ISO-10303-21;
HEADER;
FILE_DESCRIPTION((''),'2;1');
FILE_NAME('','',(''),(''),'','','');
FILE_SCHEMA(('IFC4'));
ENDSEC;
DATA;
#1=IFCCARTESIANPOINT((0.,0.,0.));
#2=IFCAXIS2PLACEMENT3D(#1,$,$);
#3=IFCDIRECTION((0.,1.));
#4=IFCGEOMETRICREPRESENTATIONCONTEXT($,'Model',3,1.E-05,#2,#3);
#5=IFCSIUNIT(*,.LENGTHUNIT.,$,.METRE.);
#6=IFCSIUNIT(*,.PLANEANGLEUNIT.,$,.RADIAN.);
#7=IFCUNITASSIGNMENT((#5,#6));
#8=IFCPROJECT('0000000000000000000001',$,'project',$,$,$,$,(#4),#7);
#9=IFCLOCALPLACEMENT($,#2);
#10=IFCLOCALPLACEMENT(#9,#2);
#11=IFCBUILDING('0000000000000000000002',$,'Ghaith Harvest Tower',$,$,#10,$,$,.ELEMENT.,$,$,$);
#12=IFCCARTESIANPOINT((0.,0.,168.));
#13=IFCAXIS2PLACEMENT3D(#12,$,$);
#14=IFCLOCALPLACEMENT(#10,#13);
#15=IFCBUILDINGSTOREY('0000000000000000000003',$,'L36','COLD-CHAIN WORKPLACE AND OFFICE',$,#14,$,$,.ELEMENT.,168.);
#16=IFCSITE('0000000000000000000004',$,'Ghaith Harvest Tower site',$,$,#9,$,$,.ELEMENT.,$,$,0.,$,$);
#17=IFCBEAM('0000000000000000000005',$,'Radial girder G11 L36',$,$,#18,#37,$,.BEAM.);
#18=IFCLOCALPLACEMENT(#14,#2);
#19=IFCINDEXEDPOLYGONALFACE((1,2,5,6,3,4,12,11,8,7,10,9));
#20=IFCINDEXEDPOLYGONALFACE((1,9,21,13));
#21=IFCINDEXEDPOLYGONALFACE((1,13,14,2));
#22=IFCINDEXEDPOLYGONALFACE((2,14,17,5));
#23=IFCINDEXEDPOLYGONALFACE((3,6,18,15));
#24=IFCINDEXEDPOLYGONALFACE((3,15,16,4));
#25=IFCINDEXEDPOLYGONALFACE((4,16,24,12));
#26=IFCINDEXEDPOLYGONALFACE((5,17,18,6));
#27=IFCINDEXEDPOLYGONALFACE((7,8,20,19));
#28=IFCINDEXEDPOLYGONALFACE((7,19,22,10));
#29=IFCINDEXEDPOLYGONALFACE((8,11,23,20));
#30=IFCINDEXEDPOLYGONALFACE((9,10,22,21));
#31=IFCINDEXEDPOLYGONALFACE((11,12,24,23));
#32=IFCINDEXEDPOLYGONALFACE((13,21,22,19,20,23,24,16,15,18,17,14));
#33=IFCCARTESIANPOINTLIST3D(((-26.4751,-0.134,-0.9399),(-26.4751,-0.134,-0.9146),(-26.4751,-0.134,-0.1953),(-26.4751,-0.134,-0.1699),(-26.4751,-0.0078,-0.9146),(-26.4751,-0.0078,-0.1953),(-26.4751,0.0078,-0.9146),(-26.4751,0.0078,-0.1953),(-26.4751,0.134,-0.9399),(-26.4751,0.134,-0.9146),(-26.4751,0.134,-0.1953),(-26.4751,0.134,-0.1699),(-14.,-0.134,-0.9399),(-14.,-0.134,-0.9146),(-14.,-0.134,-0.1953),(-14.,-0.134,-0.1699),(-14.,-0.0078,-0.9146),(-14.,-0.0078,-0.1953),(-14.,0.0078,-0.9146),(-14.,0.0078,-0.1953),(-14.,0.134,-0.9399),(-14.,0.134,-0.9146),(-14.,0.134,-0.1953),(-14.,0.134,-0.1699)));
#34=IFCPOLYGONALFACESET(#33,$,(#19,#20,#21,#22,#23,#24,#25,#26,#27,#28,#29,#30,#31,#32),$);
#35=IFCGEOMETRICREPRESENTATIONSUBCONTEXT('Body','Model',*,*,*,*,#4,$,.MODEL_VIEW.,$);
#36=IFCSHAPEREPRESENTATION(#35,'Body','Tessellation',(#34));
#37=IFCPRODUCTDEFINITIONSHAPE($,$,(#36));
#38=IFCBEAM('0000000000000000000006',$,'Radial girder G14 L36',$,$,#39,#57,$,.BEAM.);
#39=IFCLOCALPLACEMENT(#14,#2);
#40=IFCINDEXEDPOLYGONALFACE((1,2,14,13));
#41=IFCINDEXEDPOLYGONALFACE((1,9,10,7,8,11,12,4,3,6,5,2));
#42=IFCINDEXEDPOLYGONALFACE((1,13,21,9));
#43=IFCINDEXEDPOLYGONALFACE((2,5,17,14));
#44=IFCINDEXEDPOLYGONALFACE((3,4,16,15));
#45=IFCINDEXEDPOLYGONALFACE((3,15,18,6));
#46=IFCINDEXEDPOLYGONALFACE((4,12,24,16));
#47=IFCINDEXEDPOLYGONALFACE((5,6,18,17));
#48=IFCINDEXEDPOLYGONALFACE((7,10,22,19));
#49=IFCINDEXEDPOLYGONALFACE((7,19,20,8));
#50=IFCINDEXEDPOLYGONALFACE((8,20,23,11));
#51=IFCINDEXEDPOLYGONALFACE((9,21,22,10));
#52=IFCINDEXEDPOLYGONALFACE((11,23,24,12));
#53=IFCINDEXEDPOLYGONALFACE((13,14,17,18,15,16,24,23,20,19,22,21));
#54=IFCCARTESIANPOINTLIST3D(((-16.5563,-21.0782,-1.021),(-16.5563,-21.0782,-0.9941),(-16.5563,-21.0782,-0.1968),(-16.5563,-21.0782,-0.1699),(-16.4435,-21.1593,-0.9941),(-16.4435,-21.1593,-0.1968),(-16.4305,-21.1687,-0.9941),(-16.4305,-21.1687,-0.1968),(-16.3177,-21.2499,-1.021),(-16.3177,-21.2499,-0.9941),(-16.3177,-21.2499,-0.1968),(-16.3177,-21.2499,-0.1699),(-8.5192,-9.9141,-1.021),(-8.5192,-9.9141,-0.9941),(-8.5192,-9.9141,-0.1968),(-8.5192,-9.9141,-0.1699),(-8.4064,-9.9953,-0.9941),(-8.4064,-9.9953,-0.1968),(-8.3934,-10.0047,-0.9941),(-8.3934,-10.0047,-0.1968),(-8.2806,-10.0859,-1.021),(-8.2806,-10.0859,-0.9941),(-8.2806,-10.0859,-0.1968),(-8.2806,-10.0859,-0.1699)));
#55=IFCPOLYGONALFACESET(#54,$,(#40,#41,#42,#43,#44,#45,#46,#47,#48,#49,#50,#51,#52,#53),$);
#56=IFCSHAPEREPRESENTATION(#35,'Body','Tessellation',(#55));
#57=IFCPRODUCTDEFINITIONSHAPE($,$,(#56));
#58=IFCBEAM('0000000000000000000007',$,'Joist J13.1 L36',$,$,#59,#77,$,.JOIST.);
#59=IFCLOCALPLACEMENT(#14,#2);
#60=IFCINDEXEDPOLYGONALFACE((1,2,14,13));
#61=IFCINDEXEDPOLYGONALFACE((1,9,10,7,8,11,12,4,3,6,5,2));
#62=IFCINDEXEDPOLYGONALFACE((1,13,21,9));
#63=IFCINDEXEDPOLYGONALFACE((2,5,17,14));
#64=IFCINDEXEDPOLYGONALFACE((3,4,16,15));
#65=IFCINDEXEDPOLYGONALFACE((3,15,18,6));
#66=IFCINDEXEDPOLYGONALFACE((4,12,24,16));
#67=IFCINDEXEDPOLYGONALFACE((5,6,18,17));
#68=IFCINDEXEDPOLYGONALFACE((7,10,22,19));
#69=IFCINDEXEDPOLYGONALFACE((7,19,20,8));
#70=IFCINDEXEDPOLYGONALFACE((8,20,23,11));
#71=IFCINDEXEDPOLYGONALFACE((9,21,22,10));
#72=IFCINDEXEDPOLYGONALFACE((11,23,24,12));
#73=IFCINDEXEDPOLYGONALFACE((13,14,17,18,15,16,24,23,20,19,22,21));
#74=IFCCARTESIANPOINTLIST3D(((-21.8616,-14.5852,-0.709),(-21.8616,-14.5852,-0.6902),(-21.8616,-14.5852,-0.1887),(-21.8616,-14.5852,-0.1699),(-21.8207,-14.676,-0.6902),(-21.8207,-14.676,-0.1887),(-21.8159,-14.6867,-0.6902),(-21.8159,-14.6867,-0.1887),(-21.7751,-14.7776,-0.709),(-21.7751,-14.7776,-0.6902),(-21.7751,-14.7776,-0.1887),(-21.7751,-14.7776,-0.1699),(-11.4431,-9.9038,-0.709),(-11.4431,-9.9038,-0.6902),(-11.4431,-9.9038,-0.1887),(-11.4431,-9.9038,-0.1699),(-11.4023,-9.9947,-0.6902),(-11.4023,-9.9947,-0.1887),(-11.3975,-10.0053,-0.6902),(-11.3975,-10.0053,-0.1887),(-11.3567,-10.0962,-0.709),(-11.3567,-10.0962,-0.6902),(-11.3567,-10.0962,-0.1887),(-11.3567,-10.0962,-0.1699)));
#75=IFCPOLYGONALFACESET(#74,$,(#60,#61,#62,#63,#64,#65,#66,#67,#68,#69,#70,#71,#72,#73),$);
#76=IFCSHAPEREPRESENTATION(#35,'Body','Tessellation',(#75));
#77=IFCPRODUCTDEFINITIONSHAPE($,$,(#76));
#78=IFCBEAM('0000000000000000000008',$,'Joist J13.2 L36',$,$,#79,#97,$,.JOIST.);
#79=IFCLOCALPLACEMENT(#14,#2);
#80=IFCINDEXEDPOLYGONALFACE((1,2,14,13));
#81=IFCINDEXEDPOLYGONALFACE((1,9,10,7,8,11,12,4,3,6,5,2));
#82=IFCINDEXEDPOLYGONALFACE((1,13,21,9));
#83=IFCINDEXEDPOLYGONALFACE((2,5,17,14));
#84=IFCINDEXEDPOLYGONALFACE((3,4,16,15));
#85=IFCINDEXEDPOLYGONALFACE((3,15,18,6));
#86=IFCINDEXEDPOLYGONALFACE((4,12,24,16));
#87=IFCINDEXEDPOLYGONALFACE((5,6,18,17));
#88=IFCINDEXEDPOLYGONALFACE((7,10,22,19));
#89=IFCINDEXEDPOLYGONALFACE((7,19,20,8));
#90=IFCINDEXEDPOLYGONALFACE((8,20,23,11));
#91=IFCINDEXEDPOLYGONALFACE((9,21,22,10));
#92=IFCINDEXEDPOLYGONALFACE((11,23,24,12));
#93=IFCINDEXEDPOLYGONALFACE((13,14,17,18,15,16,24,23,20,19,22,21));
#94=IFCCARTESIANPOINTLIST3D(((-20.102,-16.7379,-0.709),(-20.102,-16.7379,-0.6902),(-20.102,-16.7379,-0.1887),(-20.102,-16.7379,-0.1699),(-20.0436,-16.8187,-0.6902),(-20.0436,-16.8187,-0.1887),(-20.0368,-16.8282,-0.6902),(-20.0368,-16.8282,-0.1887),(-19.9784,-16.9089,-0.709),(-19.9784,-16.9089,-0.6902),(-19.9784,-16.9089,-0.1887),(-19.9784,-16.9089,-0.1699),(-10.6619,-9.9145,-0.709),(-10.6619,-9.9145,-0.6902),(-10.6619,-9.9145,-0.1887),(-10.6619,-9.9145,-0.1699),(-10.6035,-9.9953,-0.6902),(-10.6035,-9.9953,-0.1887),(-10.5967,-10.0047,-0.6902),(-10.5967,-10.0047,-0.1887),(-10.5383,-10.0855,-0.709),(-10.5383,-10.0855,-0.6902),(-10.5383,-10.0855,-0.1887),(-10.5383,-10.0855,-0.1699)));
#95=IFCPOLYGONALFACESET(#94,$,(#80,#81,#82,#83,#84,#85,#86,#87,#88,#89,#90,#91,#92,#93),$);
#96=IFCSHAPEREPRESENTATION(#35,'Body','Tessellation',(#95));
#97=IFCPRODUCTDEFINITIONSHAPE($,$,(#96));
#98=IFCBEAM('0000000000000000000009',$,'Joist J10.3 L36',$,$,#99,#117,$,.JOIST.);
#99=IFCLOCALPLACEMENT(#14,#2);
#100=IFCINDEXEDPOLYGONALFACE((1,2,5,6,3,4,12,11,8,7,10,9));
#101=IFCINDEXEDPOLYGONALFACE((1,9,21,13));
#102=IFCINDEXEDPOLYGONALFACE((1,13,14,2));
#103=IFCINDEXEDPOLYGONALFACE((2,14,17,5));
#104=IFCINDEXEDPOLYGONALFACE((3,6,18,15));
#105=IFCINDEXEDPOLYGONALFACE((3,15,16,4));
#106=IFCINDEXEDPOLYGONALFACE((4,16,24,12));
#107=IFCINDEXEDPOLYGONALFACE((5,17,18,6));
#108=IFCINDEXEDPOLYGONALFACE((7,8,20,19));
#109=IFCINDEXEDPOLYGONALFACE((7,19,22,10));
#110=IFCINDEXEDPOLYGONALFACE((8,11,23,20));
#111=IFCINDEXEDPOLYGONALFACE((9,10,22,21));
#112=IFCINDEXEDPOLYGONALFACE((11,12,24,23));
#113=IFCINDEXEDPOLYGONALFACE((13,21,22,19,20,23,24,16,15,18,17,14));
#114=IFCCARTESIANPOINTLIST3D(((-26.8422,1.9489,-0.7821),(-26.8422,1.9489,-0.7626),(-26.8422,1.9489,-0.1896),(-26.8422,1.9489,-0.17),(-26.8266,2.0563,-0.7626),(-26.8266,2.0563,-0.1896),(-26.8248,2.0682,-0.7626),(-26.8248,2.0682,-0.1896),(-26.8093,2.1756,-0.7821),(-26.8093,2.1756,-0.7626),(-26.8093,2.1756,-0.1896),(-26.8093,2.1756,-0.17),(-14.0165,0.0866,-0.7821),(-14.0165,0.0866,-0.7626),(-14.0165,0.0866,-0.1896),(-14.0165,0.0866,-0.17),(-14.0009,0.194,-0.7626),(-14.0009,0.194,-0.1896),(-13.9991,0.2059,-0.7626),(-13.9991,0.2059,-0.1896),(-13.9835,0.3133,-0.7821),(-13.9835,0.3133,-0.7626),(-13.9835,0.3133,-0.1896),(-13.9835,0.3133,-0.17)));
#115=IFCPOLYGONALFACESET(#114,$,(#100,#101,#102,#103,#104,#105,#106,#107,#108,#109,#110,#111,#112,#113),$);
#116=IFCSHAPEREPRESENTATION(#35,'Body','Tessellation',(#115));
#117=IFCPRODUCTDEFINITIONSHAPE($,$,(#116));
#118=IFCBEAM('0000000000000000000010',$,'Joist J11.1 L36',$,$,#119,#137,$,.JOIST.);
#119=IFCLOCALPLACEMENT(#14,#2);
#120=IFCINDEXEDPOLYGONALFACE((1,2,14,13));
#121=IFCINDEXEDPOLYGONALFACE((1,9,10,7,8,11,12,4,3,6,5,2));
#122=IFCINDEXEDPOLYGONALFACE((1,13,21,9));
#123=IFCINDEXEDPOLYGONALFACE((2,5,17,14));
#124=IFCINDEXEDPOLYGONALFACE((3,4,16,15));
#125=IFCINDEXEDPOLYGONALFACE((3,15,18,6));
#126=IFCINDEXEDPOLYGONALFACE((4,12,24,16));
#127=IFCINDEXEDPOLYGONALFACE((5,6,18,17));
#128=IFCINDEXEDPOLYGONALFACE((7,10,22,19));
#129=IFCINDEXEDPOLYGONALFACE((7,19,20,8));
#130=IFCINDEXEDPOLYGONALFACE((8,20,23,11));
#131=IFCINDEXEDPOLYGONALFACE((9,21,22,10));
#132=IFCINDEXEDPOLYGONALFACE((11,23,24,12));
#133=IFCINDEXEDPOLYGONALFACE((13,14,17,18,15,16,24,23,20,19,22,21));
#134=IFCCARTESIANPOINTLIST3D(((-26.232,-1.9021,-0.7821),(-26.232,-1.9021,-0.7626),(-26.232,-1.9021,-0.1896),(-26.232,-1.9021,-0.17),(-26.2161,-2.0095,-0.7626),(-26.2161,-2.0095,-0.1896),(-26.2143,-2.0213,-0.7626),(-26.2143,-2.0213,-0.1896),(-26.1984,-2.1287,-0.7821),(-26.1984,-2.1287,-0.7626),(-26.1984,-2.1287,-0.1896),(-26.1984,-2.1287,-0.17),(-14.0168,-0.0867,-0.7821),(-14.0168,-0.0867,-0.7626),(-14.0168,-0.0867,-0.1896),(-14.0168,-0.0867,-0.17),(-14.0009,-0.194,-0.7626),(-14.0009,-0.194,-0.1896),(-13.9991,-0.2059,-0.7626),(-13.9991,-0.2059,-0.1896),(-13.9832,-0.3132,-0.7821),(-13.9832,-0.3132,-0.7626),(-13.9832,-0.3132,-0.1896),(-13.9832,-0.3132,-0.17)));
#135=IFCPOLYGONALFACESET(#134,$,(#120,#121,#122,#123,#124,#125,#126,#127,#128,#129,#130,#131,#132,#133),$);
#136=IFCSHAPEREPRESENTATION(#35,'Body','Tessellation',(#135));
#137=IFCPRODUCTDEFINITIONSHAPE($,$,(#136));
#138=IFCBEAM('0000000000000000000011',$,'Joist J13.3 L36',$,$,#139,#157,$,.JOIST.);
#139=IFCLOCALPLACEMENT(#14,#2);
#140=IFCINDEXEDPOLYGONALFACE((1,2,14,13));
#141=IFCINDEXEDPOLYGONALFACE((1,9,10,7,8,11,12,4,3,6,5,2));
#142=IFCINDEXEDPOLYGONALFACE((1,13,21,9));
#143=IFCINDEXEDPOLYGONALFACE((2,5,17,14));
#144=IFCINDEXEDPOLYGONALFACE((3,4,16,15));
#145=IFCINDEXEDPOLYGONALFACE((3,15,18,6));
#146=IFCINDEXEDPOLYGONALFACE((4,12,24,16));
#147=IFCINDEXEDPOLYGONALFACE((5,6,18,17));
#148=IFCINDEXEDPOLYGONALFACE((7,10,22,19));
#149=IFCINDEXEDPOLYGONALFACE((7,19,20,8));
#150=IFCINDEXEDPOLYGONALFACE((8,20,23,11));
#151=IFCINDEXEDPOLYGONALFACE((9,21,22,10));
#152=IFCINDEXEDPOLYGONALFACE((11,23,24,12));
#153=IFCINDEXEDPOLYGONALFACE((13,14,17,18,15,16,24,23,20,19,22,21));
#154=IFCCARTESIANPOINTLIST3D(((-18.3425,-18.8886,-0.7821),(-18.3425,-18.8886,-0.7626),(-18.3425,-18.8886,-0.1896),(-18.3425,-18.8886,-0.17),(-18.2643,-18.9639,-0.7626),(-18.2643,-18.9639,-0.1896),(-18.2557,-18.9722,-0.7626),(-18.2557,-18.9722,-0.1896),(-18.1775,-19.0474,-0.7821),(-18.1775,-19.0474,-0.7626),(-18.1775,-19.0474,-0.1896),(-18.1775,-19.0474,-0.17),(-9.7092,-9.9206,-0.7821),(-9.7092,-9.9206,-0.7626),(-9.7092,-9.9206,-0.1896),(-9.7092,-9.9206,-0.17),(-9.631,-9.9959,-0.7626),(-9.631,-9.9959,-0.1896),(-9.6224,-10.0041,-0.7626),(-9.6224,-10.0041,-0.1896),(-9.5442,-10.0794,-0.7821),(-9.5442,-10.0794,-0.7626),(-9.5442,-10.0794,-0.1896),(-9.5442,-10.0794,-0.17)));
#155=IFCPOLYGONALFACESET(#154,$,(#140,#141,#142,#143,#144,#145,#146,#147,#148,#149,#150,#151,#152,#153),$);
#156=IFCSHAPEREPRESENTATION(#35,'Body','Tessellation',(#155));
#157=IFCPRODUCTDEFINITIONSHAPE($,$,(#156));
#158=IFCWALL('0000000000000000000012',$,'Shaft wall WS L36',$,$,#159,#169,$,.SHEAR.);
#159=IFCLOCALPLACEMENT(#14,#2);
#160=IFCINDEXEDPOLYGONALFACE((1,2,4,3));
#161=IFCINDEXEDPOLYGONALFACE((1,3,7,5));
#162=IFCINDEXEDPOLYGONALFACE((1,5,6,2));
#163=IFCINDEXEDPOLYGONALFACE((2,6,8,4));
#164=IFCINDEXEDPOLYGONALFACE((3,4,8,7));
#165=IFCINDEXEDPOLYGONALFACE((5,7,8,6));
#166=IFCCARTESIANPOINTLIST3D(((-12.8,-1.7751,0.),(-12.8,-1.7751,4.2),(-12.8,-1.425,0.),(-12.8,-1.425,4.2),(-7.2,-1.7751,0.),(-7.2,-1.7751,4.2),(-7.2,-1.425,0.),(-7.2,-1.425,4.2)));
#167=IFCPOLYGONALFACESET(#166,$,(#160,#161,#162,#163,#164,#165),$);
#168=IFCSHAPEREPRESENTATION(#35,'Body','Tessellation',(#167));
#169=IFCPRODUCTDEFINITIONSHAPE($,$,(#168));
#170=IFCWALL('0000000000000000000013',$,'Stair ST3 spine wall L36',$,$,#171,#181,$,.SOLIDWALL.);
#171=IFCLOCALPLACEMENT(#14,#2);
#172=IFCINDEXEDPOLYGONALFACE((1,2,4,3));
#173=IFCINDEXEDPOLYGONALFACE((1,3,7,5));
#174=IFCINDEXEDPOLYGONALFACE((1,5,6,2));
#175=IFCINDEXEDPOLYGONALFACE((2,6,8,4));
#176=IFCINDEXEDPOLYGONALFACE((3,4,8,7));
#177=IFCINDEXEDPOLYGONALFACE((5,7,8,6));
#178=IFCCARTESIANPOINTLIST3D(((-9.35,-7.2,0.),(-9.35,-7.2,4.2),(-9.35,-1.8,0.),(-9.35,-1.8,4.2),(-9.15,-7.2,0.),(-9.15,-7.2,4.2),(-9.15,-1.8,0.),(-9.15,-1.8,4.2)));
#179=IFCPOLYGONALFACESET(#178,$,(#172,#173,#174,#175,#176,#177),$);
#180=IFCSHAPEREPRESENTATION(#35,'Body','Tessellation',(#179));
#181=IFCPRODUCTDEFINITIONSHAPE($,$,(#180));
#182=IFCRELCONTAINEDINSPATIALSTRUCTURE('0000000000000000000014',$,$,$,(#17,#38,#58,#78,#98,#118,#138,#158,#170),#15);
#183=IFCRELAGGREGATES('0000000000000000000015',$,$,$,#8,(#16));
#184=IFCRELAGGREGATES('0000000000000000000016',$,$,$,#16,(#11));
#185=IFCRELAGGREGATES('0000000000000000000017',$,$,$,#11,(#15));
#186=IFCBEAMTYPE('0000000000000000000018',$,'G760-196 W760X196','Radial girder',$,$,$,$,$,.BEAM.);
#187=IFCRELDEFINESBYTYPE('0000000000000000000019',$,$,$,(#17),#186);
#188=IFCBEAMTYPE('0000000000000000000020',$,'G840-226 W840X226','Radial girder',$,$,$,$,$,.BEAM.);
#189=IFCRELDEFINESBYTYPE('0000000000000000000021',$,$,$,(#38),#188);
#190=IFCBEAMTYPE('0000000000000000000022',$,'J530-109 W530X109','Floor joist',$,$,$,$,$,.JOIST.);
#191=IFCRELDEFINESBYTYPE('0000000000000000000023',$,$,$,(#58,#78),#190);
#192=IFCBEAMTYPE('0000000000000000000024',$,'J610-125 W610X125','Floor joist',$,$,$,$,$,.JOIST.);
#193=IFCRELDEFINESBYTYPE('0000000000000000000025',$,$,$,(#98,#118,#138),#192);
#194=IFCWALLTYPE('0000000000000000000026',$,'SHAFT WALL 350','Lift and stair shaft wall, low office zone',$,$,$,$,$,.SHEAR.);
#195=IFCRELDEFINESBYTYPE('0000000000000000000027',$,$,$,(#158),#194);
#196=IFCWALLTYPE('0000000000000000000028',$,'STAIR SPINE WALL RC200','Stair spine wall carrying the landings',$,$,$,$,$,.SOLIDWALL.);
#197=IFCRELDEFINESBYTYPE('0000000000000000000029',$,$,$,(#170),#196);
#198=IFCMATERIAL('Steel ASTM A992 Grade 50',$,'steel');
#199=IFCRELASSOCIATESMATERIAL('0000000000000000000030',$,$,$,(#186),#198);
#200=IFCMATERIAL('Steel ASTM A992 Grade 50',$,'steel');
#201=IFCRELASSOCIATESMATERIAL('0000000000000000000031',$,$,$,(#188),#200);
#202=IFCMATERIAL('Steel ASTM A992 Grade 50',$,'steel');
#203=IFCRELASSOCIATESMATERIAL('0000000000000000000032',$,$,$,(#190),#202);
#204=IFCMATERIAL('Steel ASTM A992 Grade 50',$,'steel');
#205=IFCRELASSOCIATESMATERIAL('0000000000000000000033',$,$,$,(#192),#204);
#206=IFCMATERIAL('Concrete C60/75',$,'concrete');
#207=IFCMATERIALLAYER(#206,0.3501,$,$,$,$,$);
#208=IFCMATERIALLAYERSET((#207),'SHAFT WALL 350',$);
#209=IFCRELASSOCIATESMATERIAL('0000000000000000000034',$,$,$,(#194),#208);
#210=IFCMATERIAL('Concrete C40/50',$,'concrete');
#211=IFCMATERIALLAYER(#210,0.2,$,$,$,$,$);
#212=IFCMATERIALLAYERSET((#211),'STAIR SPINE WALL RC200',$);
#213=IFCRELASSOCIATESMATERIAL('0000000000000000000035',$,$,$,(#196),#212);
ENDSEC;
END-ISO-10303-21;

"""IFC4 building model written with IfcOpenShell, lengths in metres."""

from ifc_helpers import new_model, si_unit, direction, frame, frame_2d, origin, origin_2d, place, context, subcontext, project, spatial, rectangle, i_section, extrude, material, layer, layer_set, material_profile, profile_set, type_object, element, save


model = new_model("IFC4")

# Units and contexts
model_context = context("Model", 3, precision=1e-05, world=origin(), true_north=direction((0.0, 1.0)))
body_context = subcontext(model_context, "Body", "Model", "MODEL_VIEW")
ifc_project = project(units=[si_unit("LENGTHUNIT", "METRE"), si_unit("PLANEANGLEUNIT", "RADIAN")], contexts=[model_context])

# Site, building, storey
site_placement = place(None, origin())
site = spatial("IfcSite", under=ifc_project, at=site_placement, Name="Ghaith Harvest Tower site", CompositionType="ELEMENT", RefElevation=0.0)
building_placement = place(site_placement, origin())
building = spatial("IfcBuilding", under=site, at=building_placement, Name="Ghaith Harvest Tower", CompositionType="ELEMENT")
storey_placement = place(building_placement, frame((0.0, 0.0, 168.0)))
storey = spatial("IfcBuildingStorey", under=building, at=storey_placement, Name="L36", Description="COLD-CHAIN WORKPLACE AND OFFICE", CompositionType="ELEMENT", Elevation=168.0)

# Beams
ifc_material_1 = material(Name="Steel ASTM A992 Grade 50", Category="steel")
ifc_material_profile_1 = material_profile(ifc_material_1, i_section(OverallWidth=0.2681, OverallDepth=0.77, WebThickness=0.0156, FlangeThickness=0.0254, at=origin_2d()), Name="W760X196")
ifc_profile_set_1 = profile_set([ifc_material_profile_1], Name="Steel ASTM A992 Grade 50")
beam_type_1 = type_object("IfcBeamType", Name="G760-196 W760X196", Description="Radial girder", PredefinedType="BEAM", material=ifc_profile_set_1)
beam_1_placement = place(storey_placement, frame((-14.0, 0.0, -0.5549), z_axis=(-1.0, 0.0, 0.0), x_axis=(0.0, -1.0, 0.0)))
element("IfcBeam", 1, at=beam_1_placement, inside=storey, type_object=beam_type_1, Name="Radial girder G11 L36", PredefinedType="BEAM", context=body_context, shape_type="SweptSolid", body=[
    extrude(i_section(OverallWidth=0.2681, OverallDepth=0.77, WebThickness=0.0156, FlangeThickness=0.0254, at=origin_2d()), origin(), (0.0, 0.0, 1.0), 12.4751),
])
ifc_material_2 = material(Name="Steel ASTM A992 Grade 50", Category="steel")
ifc_material_profile_2 = material_profile(ifc_material_2, i_section(OverallWidth=0.2939, OverallDepth=0.8511, WebThickness=0.0161, FlangeThickness=0.0269, at=origin_2d()), Name="W840X226")
ifc_profile_set_2 = profile_set([ifc_material_profile_2], Name="Steel ASTM A992 Grade 50")
beam_type_2 = type_object("IfcBeamType", Name="G840-226 W840X226", Description="Radial girder", PredefinedType="BEAM", material=ifc_profile_set_2)
beam_2_placement = place(storey_placement, frame((-8.3999, -10.0, -0.5955), z_axis=(-0.584256, -0.811569, 0.0), x_axis=(0.811569, -0.584256, 0.0)))
element("IfcBeam", 2, at=beam_2_placement, inside=storey, type_object=beam_type_2, Name="Radial girder G14 L36", PredefinedType="BEAM", context=body_context, shape_type="SweptSolid", body=[
    extrude(i_section(OverallWidth=0.2939, OverallDepth=0.8511, WebThickness=0.0161, FlangeThickness=0.0269, at=origin_2d()), origin(), (0.0, 0.0, 1.0), 13.7561),
])
ifc_material_3 = material(Name="Steel ASTM A992 Grade 50", Category="steel")
ifc_material_profile_3 = material_profile(ifc_material_3, i_section(OverallWidth=0.2109, OverallDepth=0.5391, WebThickness=0.0117, FlangeThickness=0.0188, at=origin_2d()), Name="W530X109")
ifc_profile_set_3 = profile_set([ifc_material_profile_3], Name="Steel ASTM A992 Grade 50")
beam_type_3 = type_object("IfcBeamType", Name="J530-109 W530X109", Description="Floor joist", PredefinedType="JOIST", material=ifc_profile_set_3)
beam_3_placement = place(storey_placement, frame((-11.3999, -10.0, -0.4395), z_axis=(-0.912148, -0.409862, 0.0), x_axis=(0.409862, -0.912148, 0.0)))
element("IfcBeam", 3, at=beam_3_placement, inside=storey, type_object=beam_type_3, Name="Joist J13.1 L36", PredefinedType="JOIST", context=body_context, shape_type="SweptSolid", body=[
    extrude(i_section(OverallWidth=0.2109, OverallDepth=0.5391, WebThickness=0.0117, FlangeThickness=0.0188, at=origin_2d()), origin(), (0.0, 0.0, 1.0), 11.4219),
])
beam_4_placement = place(storey_placement, frame((-10.6001, -10.0, -0.4395), z_axis=(-0.810452, -0.585805, 0.0), x_axis=(0.585805, -0.810452, 0.0)))
element("IfcBeam", 4, at=beam_4_placement, inside=storey, type_object=beam_type_3, Name="Joist J13.2 L36", PredefinedType="JOIST", context=body_context, shape_type="SweptSolid", body=[
    extrude(i_section(OverallWidth=0.2109, OverallDepth=0.5391, WebThickness=0.0117, FlangeThickness=0.0188, at=origin_2d()), origin(), (0.0, 0.0, 1.0), 11.6479),
])
ifc_material_4 = material(Name="Steel ASTM A992 Grade 50", Category="steel")
ifc_material_profile_4 = material_profile(ifc_material_4, i_section(OverallWidth=0.229, OverallDepth=0.6121, WebThickness=0.012, FlangeThickness=0.0195, at=origin_2d()), Name="W610X125")
ifc_profile_set_4 = profile_set([ifc_material_profile_4], Name="Steel ASTM A992 Grade 50")
beam_type_4 = type_object("IfcBeamType", Name="J610-125 W610X125", Description="Floor joist", PredefinedType="JOIST", material=ifc_profile_set_4)
beam_5_placement = place(storey_placement, frame((-14.0, 0.2, -0.4761), z_axis=(-0.989622, 0.143694, 0.0), x_axis=(-0.143694, -0.989622, 0.0)))
element("IfcBeam", 5, at=beam_5_placement, inside=storey, type_object=beam_type_4, Name="Joist J10.3 L36", PredefinedType="JOIST", context=body_context, shape_type="SweptSolid", body=[
    extrude(i_section(OverallWidth=0.229, OverallDepth=0.6121, WebThickness=0.012, FlangeThickness=0.0195, at=origin_2d()), origin(), (0.0, 0.0, 1.0), 12.9602),
])
beam_6_placement = place(storey_placement, frame((-14.0, -0.2, -0.4761), z_axis=(-0.989135, -0.147007, 0.0), x_axis=(0.147007, -0.989135, 0.0)))
element("IfcBeam", 6, at=beam_6_placement, inside=storey, type_object=beam_type_4, Name="Joist J11.1 L36", PredefinedType="JOIST", context=body_context, shape_type="SweptSolid", body=[
    extrude(i_section(OverallWidth=0.229, OverallDepth=0.6121, WebThickness=0.012, FlangeThickness=0.0195, at=origin_2d()), origin(), (0.0, 0.0, 1.0), 12.3494),
])
beam_7_placement = place(storey_placement, frame((-9.6267, -10.0, -0.4761), z_axis=(-0.693535, -0.720423, 0.0), x_axis=(0.720423, -0.693535, 0.0)))
element("IfcBeam", 7, at=beam_7_placement, inside=storey, type_object=beam_type_4, Name="Joist J13.3 L36", PredefinedType="JOIST", context=body_context, shape_type="SweptSolid", body=[
    extrude(i_section(OverallWidth=0.229, OverallDepth=0.6121, WebThickness=0.012, FlangeThickness=0.0195, at=origin_2d()), origin(), (0.0, 0.0, 1.0), 12.4482),
])

# Walls
ifc_material_5 = material(Name="Concrete C60/75", Category="concrete")
ifc_layer_1 = layer(ifc_material_5, 0.3501)
ifc_layer_set_1 = layer_set([ifc_layer_1], Name="SHAFT WALL 350")
wall_type_1 = type_object("IfcWallType", Name="SHAFT WALL 350", Description="Lift and stair shaft wall, low office zone", PredefinedType="SHEAR", material=ifc_layer_set_1)
wall_1_placement = place(storey_placement, frame((-12.8, -1.6001, 0.0), z_axis=(0.0, 0.0, 1.0), x_axis=(1.0, 0.0, 0.0)))
element("IfcWall", 8, at=wall_1_placement, inside=storey, type_object=wall_type_1, Name="Shaft wall WS L36", PredefinedType="SHEAR", context=body_context, shape_type="SweptSolid", body=[
    extrude(rectangle(XDim=5.6001, YDim=0.3501, at=frame_2d((2.8, 0.0))), origin(), (0.0, 0.0, 1.0), 4.2),
])
ifc_material_6 = material(Name="Concrete C40/50", Category="concrete")
ifc_layer_2 = layer(ifc_material_6, 0.2)
ifc_layer_set_2 = layer_set([ifc_layer_2], Name="STAIR SPINE WALL RC200")
wall_type_2 = type_object("IfcWallType", Name="STAIR SPINE WALL RC200", Description="Stair spine wall carrying the landings", PredefinedType="SOLIDWALL", material=ifc_layer_set_2)
wall_2_placement = place(storey_placement, frame((-9.25, -7.2, 0.0), z_axis=(0.0, 0.0, 1.0), x_axis=(0.0, 1.0, 0.0)))
element("IfcWall", 9, at=wall_2_placement, inside=storey, type_object=wall_type_2, Name="Stair ST3 spine wall L36", PredefinedType="SOLIDWALL", context=body_context, shape_type="SweptSolid", body=[
    extrude(rectangle(XDim=5.3999, YDim=0.2, at=frame_2d((2.7, 0.0))), origin(), (0.0, 0.0, 1.0), 4.2),
])

save(model, "model.ifc")
